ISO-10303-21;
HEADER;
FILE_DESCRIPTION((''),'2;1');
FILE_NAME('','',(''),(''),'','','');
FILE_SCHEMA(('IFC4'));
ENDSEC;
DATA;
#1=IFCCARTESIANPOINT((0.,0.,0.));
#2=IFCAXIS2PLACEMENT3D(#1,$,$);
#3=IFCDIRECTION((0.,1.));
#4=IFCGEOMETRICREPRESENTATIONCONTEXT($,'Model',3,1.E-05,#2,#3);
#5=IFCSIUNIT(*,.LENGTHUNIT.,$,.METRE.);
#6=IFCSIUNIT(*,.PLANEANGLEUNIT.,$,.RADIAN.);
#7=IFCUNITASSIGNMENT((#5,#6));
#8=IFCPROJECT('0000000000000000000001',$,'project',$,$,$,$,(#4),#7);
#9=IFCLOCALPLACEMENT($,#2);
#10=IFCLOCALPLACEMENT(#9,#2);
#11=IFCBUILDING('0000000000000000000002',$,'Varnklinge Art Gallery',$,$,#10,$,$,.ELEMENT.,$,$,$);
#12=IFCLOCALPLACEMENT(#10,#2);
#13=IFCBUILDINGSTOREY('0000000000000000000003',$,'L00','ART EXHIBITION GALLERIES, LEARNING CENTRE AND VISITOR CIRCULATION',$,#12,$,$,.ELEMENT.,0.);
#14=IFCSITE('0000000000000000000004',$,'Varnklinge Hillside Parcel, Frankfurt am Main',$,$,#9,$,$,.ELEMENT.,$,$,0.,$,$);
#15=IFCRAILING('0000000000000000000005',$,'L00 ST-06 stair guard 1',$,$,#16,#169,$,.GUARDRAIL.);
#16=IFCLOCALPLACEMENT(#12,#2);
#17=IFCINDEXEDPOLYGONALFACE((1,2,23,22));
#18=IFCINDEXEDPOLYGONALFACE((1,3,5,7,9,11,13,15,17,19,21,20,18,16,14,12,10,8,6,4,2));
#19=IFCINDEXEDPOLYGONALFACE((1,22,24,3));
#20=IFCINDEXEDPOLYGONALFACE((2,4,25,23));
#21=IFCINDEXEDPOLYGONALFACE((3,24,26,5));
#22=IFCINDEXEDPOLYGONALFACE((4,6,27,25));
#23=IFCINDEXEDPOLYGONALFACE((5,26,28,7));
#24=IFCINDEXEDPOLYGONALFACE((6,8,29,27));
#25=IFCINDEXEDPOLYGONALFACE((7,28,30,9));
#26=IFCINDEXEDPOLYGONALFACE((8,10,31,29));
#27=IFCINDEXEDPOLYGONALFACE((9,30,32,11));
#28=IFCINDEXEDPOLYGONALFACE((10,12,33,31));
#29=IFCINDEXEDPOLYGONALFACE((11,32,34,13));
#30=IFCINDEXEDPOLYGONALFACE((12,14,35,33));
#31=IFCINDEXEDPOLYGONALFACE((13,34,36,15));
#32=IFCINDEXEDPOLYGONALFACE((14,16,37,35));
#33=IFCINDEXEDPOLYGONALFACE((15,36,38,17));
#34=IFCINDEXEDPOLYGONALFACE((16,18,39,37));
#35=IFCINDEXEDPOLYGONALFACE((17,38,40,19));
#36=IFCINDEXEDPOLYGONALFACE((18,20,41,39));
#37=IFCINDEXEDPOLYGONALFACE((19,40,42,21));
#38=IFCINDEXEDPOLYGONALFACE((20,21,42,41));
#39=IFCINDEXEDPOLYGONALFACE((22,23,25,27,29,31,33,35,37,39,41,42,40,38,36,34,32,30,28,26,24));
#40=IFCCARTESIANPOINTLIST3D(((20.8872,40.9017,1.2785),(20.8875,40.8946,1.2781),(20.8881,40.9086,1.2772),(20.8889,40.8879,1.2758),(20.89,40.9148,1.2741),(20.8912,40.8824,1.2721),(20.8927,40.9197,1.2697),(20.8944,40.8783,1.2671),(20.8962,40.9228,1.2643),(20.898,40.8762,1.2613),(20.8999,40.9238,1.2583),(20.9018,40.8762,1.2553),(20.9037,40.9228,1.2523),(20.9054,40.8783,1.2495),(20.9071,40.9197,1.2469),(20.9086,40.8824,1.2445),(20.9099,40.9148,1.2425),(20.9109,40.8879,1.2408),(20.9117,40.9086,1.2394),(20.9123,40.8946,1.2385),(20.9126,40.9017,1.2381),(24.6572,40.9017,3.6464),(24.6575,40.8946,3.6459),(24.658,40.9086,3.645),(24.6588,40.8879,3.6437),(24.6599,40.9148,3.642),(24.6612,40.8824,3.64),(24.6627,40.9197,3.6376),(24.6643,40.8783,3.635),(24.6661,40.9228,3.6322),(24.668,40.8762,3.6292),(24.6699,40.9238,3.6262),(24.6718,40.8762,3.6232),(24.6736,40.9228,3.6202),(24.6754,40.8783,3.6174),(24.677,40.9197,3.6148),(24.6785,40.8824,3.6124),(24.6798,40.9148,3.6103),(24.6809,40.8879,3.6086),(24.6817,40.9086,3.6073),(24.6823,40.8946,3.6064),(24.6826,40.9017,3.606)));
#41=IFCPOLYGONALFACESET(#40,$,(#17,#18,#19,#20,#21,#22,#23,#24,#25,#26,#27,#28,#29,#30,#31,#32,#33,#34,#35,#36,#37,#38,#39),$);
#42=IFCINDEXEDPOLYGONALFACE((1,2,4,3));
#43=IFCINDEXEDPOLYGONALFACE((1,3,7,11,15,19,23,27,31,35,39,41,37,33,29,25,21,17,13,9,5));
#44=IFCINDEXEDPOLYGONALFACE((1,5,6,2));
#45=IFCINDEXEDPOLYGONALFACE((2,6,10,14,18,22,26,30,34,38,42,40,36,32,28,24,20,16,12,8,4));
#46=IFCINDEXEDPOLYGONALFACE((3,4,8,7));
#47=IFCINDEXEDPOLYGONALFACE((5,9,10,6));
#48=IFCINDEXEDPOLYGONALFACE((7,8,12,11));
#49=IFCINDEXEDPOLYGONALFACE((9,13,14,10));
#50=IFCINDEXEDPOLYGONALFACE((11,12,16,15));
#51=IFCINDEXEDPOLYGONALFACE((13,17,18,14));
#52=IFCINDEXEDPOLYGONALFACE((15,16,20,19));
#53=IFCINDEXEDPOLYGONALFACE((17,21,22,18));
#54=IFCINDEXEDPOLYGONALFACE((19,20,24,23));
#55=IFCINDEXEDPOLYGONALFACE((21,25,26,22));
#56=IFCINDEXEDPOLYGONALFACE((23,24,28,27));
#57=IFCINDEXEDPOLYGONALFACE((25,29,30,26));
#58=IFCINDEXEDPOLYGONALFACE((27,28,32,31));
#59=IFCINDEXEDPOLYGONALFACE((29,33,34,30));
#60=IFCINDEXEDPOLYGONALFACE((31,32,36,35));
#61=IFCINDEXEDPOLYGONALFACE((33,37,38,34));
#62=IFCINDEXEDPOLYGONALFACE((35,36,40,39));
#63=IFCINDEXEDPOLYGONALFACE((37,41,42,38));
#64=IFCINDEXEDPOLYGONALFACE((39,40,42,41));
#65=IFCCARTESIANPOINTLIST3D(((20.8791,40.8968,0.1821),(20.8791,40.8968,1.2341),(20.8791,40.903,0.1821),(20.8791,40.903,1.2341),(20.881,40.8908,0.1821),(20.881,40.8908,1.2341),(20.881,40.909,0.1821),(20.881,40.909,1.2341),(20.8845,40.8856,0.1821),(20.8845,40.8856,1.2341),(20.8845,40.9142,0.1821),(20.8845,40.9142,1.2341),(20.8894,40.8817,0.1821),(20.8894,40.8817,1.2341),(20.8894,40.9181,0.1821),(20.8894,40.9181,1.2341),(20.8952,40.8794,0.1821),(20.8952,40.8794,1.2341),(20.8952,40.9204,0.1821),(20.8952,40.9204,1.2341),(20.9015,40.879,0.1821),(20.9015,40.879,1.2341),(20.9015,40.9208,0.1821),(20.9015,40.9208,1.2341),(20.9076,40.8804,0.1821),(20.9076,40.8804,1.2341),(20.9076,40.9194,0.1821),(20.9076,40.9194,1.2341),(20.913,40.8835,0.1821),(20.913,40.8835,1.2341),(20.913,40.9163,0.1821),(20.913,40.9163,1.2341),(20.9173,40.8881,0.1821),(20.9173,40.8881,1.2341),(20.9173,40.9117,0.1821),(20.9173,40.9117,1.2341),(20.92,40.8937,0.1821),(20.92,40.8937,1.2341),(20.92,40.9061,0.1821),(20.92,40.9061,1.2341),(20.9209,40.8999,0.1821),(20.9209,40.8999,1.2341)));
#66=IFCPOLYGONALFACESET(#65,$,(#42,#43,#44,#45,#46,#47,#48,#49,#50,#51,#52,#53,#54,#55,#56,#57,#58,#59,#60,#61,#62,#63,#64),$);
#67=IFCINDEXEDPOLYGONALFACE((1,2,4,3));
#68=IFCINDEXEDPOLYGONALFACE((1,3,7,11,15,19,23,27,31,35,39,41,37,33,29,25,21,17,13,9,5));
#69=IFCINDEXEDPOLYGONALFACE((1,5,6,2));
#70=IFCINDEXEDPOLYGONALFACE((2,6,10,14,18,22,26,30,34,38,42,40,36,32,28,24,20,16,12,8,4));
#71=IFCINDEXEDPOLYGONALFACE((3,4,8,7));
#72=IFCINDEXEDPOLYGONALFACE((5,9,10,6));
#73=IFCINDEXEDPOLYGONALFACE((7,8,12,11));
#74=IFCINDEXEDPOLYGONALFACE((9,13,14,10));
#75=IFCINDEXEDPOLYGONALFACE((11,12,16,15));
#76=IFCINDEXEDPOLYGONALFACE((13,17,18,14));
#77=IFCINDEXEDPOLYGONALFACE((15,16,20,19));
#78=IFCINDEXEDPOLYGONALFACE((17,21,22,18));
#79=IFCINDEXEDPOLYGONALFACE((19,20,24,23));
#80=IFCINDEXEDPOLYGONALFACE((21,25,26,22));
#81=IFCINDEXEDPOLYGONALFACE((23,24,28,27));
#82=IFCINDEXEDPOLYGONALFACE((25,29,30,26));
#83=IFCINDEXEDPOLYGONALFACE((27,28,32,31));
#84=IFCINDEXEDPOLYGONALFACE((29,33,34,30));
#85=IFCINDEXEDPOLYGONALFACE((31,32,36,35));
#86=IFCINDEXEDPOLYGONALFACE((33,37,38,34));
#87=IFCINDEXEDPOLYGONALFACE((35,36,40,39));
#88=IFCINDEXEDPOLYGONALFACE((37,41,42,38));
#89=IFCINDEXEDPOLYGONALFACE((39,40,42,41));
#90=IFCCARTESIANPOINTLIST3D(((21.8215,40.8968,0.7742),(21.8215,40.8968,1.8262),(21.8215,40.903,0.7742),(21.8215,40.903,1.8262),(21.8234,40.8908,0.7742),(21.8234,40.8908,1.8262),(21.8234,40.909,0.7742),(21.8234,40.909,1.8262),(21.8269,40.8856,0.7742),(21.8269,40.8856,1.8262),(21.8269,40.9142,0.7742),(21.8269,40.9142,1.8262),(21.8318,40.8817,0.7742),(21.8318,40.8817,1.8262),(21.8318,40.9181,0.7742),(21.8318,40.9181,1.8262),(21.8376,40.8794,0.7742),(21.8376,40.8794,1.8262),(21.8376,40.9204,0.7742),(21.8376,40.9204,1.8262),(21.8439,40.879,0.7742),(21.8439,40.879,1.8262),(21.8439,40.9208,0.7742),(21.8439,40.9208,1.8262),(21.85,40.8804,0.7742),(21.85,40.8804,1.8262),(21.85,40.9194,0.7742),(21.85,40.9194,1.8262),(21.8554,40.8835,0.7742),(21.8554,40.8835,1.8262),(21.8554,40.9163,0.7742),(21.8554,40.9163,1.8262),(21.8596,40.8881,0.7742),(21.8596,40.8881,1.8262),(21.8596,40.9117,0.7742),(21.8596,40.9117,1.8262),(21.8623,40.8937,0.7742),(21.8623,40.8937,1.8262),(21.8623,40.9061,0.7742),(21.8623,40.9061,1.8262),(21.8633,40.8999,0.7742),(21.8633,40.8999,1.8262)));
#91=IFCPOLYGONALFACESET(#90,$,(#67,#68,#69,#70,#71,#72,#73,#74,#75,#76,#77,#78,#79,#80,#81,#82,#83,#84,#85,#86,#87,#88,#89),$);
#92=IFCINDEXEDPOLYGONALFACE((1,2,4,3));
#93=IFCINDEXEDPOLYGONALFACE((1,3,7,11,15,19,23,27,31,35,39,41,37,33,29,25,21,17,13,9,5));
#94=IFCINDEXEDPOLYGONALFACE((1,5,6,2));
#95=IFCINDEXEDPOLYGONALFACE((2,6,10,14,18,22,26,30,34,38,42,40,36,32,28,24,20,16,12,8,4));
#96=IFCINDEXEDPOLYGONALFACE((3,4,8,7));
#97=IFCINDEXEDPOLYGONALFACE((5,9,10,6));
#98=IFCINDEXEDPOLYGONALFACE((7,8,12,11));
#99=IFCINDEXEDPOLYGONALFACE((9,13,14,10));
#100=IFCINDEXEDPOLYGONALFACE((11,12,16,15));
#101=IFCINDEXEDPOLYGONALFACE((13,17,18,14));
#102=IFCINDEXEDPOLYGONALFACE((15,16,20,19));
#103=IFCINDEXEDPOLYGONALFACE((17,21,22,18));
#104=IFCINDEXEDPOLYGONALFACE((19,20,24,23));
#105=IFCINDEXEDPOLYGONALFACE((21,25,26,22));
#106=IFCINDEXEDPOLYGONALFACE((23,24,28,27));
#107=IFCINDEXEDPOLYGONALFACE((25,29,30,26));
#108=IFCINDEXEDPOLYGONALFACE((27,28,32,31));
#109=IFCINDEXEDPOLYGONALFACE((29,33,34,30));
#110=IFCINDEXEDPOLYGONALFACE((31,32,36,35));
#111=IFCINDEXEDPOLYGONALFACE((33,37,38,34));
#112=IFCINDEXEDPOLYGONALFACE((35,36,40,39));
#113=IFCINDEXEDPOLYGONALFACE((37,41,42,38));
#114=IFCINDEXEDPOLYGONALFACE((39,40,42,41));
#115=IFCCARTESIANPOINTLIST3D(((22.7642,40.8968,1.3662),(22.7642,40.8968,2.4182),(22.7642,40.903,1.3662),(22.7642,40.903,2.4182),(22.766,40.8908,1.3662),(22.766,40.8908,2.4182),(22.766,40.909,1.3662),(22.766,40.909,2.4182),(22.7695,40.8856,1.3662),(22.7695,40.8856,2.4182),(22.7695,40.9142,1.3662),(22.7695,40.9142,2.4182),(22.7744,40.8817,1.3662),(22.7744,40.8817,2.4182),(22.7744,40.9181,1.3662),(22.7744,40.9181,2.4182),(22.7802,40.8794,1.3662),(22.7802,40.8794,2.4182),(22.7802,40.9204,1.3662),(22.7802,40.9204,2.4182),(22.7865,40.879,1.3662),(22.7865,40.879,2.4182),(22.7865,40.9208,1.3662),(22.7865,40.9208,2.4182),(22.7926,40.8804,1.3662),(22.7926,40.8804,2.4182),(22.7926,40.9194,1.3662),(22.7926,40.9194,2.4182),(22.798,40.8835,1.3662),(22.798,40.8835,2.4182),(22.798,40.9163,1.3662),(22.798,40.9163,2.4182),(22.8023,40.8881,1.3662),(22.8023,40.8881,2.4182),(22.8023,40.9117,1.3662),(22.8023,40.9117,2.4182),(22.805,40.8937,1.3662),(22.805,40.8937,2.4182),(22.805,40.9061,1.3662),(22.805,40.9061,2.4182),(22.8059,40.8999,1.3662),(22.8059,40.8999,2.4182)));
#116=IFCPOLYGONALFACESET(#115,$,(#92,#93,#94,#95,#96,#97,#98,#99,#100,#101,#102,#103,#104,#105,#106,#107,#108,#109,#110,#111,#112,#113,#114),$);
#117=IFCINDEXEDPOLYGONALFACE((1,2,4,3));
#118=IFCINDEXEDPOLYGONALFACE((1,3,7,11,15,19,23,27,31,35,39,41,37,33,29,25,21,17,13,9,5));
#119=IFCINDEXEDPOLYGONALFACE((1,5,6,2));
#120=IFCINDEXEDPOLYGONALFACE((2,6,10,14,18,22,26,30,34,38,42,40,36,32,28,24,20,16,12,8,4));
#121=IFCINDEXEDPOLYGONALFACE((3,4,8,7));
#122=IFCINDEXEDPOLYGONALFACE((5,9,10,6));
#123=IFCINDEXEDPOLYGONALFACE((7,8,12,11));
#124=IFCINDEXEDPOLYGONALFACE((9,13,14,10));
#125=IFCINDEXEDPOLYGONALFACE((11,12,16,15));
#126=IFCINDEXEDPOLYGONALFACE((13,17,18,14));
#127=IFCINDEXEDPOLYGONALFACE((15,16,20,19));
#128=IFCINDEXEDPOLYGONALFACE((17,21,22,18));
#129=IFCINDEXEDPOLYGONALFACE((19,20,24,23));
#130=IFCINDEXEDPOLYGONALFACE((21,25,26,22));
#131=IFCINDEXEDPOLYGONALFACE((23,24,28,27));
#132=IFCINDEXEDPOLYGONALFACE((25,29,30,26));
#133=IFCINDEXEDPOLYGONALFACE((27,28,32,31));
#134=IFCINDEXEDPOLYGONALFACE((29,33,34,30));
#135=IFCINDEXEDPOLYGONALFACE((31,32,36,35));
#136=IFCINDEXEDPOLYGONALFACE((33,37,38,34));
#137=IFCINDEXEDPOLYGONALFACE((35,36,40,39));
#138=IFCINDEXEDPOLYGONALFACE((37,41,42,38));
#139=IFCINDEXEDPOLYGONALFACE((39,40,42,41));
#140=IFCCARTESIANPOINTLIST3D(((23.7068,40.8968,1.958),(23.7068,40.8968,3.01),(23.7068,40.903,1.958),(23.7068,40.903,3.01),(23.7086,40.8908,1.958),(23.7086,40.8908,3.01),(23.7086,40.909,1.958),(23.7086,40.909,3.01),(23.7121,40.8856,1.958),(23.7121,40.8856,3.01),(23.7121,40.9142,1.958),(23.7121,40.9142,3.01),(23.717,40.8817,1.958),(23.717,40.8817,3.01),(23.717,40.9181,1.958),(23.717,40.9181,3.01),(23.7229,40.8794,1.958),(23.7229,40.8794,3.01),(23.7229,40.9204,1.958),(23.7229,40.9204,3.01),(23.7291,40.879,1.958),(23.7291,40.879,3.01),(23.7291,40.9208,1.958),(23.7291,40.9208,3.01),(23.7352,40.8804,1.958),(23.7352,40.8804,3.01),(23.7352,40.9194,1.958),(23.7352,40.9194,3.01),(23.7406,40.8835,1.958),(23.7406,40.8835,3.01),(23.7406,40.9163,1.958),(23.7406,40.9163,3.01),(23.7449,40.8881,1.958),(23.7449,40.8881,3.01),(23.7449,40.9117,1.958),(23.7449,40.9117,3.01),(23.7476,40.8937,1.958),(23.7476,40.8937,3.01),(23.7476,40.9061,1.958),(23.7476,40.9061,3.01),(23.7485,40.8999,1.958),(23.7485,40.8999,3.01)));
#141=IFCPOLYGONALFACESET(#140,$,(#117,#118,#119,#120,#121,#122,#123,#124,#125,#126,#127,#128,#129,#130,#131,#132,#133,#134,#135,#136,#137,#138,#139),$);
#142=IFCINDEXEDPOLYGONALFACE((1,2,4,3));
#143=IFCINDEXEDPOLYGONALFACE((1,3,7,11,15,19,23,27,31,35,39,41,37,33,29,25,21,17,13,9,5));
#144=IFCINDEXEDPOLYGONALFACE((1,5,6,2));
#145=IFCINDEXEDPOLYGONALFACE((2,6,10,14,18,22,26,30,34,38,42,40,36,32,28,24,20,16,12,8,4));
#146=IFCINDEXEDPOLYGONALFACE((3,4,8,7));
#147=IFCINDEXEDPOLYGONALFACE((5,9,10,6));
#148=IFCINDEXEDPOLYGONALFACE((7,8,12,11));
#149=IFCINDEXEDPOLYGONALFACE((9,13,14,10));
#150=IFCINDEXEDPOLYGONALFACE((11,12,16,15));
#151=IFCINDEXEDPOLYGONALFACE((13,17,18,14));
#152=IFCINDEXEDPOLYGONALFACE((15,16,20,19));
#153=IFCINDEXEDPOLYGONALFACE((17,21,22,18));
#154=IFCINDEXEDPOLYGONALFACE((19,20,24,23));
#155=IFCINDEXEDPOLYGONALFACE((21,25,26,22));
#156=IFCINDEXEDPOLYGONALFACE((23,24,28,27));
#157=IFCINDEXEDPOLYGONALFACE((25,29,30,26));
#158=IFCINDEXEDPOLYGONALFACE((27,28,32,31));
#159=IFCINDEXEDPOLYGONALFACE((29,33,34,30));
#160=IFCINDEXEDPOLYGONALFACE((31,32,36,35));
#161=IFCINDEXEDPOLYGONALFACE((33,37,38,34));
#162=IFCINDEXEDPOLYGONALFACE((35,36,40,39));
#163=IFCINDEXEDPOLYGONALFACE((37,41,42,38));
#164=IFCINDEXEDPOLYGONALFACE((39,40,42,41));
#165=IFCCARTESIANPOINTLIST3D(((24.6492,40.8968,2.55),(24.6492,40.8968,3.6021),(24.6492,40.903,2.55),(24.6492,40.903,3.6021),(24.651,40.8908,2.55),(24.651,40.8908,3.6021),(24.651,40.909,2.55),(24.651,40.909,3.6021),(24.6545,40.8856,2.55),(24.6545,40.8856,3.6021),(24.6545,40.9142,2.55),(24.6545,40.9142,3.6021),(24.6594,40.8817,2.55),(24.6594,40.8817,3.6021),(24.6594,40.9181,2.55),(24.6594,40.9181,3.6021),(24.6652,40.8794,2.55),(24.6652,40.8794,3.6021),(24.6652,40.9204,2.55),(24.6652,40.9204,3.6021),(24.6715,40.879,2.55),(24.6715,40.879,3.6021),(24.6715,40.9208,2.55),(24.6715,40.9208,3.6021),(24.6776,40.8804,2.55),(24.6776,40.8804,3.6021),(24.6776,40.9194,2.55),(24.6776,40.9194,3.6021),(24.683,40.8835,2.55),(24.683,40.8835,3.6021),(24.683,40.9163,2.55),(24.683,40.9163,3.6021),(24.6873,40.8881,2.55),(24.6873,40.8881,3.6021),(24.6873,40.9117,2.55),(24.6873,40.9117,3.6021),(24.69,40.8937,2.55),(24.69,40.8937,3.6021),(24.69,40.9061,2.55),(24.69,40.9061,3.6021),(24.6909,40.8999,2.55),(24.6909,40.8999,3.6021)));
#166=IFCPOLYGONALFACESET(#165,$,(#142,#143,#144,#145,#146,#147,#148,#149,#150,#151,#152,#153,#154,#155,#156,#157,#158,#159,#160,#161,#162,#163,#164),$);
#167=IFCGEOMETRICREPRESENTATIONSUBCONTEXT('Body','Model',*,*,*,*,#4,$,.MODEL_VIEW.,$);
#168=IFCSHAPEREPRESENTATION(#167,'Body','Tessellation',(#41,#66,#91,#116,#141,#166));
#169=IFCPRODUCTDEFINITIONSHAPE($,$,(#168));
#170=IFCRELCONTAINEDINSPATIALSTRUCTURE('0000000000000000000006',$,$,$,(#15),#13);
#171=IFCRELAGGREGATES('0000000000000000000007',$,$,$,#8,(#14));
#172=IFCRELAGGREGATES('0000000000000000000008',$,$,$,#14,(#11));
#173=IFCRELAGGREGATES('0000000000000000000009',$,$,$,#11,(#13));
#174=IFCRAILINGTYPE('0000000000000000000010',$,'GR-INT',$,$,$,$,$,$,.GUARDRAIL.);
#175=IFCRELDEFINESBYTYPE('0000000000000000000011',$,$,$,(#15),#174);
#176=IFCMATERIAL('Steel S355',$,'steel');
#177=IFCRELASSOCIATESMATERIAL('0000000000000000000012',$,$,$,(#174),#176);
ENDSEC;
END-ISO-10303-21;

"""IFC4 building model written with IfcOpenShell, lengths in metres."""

from ifc_helpers import new_model, si_unit, direction, frame, origin, origin_2d, place, context, subcontext, project, spatial, circle, extrude, material, type_object, element, save


model = new_model("IFC4")

# Units and contexts
model_context = context("Model", 3, precision=1e-05, world=origin(), true_north=direction((0.0, 1.0)))
body_context = subcontext(model_context, "Body", "Model", "MODEL_VIEW")
ifc_project = project(units=[si_unit("LENGTHUNIT", "METRE"), si_unit("PLANEANGLEUNIT", "RADIAN")], contexts=[model_context])

# Site, building, storey
site_placement = place(None, origin())
site = spatial("IfcSite", under=ifc_project, at=site_placement, Name="Varnklinge Hillside Parcel, Frankfurt am Main", CompositionType="ELEMENT", RefElevation=0.0)
building_placement = place(site_placement, origin())
building = spatial("IfcBuilding", under=site, at=building_placement, Name="Varnklinge Art Gallery", CompositionType="ELEMENT")
storey_placement = place(building_placement, origin())
storey = spatial("IfcBuildingStorey", under=building, at=storey_placement, Name="L00", Description="ART EXHIBITION GALLERIES, LEARNING CENTRE AND VISITOR CIRCULATION", CompositionType="ELEMENT", Elevation=0.0)

# Railing
ifc_material_1 = material(Name="Steel S355", Category="steel")
railing_type_1 = type_object("IfcRailingType", Name="GR-INT", PredefinedType="GUARDRAIL", material=ifc_material_1)
railing_1_placement = place(storey_placement, frame((20.8999, 40.8999, 0.1821)))
element("IfcRailing", 1, at=railing_1_placement, inside=storey, type_object=railing_type_1, Name="L00 ST-06 stair guard 1", PredefinedType="GUARDRAIL", context=body_context, shape_type="SweptSolid", body=[
    extrude(circle(Radius=0.0239, at=origin_2d()), frame((0.0, 0.0, 1.0762), z_axis=(0.846819, 0.0, 0.531881), x_axis=(0.0, 1.0, 0.0)), (0.0, 0.0, 1.0), 4.4519),
    extrude(circle(Radius=0.021, at=origin_2d()), origin(), (0.0, 0.0, 1.0), 1.052),
    extrude(circle(Radius=0.021, at=origin_2d()), frame((0.9424, 0.0, 0.592)), (0.0, 0.0, 1.0), 1.052),
    extrude(circle(Radius=0.021, at=origin_2d()), frame((1.885, 0.0, 1.1841)), (0.0, 0.0, 1.0), 1.052),
    extrude(circle(Radius=0.021, at=origin_2d()), frame((2.8276, 0.0, 1.7759)), (0.0, 0.0, 1.0), 1.052),
    extrude(circle(Radius=0.021, at=origin_2d()), frame((3.77, 0.0, 2.3679)), (0.0, 0.0, 1.0), 1.052),
])

save(model, "model.ifc")
